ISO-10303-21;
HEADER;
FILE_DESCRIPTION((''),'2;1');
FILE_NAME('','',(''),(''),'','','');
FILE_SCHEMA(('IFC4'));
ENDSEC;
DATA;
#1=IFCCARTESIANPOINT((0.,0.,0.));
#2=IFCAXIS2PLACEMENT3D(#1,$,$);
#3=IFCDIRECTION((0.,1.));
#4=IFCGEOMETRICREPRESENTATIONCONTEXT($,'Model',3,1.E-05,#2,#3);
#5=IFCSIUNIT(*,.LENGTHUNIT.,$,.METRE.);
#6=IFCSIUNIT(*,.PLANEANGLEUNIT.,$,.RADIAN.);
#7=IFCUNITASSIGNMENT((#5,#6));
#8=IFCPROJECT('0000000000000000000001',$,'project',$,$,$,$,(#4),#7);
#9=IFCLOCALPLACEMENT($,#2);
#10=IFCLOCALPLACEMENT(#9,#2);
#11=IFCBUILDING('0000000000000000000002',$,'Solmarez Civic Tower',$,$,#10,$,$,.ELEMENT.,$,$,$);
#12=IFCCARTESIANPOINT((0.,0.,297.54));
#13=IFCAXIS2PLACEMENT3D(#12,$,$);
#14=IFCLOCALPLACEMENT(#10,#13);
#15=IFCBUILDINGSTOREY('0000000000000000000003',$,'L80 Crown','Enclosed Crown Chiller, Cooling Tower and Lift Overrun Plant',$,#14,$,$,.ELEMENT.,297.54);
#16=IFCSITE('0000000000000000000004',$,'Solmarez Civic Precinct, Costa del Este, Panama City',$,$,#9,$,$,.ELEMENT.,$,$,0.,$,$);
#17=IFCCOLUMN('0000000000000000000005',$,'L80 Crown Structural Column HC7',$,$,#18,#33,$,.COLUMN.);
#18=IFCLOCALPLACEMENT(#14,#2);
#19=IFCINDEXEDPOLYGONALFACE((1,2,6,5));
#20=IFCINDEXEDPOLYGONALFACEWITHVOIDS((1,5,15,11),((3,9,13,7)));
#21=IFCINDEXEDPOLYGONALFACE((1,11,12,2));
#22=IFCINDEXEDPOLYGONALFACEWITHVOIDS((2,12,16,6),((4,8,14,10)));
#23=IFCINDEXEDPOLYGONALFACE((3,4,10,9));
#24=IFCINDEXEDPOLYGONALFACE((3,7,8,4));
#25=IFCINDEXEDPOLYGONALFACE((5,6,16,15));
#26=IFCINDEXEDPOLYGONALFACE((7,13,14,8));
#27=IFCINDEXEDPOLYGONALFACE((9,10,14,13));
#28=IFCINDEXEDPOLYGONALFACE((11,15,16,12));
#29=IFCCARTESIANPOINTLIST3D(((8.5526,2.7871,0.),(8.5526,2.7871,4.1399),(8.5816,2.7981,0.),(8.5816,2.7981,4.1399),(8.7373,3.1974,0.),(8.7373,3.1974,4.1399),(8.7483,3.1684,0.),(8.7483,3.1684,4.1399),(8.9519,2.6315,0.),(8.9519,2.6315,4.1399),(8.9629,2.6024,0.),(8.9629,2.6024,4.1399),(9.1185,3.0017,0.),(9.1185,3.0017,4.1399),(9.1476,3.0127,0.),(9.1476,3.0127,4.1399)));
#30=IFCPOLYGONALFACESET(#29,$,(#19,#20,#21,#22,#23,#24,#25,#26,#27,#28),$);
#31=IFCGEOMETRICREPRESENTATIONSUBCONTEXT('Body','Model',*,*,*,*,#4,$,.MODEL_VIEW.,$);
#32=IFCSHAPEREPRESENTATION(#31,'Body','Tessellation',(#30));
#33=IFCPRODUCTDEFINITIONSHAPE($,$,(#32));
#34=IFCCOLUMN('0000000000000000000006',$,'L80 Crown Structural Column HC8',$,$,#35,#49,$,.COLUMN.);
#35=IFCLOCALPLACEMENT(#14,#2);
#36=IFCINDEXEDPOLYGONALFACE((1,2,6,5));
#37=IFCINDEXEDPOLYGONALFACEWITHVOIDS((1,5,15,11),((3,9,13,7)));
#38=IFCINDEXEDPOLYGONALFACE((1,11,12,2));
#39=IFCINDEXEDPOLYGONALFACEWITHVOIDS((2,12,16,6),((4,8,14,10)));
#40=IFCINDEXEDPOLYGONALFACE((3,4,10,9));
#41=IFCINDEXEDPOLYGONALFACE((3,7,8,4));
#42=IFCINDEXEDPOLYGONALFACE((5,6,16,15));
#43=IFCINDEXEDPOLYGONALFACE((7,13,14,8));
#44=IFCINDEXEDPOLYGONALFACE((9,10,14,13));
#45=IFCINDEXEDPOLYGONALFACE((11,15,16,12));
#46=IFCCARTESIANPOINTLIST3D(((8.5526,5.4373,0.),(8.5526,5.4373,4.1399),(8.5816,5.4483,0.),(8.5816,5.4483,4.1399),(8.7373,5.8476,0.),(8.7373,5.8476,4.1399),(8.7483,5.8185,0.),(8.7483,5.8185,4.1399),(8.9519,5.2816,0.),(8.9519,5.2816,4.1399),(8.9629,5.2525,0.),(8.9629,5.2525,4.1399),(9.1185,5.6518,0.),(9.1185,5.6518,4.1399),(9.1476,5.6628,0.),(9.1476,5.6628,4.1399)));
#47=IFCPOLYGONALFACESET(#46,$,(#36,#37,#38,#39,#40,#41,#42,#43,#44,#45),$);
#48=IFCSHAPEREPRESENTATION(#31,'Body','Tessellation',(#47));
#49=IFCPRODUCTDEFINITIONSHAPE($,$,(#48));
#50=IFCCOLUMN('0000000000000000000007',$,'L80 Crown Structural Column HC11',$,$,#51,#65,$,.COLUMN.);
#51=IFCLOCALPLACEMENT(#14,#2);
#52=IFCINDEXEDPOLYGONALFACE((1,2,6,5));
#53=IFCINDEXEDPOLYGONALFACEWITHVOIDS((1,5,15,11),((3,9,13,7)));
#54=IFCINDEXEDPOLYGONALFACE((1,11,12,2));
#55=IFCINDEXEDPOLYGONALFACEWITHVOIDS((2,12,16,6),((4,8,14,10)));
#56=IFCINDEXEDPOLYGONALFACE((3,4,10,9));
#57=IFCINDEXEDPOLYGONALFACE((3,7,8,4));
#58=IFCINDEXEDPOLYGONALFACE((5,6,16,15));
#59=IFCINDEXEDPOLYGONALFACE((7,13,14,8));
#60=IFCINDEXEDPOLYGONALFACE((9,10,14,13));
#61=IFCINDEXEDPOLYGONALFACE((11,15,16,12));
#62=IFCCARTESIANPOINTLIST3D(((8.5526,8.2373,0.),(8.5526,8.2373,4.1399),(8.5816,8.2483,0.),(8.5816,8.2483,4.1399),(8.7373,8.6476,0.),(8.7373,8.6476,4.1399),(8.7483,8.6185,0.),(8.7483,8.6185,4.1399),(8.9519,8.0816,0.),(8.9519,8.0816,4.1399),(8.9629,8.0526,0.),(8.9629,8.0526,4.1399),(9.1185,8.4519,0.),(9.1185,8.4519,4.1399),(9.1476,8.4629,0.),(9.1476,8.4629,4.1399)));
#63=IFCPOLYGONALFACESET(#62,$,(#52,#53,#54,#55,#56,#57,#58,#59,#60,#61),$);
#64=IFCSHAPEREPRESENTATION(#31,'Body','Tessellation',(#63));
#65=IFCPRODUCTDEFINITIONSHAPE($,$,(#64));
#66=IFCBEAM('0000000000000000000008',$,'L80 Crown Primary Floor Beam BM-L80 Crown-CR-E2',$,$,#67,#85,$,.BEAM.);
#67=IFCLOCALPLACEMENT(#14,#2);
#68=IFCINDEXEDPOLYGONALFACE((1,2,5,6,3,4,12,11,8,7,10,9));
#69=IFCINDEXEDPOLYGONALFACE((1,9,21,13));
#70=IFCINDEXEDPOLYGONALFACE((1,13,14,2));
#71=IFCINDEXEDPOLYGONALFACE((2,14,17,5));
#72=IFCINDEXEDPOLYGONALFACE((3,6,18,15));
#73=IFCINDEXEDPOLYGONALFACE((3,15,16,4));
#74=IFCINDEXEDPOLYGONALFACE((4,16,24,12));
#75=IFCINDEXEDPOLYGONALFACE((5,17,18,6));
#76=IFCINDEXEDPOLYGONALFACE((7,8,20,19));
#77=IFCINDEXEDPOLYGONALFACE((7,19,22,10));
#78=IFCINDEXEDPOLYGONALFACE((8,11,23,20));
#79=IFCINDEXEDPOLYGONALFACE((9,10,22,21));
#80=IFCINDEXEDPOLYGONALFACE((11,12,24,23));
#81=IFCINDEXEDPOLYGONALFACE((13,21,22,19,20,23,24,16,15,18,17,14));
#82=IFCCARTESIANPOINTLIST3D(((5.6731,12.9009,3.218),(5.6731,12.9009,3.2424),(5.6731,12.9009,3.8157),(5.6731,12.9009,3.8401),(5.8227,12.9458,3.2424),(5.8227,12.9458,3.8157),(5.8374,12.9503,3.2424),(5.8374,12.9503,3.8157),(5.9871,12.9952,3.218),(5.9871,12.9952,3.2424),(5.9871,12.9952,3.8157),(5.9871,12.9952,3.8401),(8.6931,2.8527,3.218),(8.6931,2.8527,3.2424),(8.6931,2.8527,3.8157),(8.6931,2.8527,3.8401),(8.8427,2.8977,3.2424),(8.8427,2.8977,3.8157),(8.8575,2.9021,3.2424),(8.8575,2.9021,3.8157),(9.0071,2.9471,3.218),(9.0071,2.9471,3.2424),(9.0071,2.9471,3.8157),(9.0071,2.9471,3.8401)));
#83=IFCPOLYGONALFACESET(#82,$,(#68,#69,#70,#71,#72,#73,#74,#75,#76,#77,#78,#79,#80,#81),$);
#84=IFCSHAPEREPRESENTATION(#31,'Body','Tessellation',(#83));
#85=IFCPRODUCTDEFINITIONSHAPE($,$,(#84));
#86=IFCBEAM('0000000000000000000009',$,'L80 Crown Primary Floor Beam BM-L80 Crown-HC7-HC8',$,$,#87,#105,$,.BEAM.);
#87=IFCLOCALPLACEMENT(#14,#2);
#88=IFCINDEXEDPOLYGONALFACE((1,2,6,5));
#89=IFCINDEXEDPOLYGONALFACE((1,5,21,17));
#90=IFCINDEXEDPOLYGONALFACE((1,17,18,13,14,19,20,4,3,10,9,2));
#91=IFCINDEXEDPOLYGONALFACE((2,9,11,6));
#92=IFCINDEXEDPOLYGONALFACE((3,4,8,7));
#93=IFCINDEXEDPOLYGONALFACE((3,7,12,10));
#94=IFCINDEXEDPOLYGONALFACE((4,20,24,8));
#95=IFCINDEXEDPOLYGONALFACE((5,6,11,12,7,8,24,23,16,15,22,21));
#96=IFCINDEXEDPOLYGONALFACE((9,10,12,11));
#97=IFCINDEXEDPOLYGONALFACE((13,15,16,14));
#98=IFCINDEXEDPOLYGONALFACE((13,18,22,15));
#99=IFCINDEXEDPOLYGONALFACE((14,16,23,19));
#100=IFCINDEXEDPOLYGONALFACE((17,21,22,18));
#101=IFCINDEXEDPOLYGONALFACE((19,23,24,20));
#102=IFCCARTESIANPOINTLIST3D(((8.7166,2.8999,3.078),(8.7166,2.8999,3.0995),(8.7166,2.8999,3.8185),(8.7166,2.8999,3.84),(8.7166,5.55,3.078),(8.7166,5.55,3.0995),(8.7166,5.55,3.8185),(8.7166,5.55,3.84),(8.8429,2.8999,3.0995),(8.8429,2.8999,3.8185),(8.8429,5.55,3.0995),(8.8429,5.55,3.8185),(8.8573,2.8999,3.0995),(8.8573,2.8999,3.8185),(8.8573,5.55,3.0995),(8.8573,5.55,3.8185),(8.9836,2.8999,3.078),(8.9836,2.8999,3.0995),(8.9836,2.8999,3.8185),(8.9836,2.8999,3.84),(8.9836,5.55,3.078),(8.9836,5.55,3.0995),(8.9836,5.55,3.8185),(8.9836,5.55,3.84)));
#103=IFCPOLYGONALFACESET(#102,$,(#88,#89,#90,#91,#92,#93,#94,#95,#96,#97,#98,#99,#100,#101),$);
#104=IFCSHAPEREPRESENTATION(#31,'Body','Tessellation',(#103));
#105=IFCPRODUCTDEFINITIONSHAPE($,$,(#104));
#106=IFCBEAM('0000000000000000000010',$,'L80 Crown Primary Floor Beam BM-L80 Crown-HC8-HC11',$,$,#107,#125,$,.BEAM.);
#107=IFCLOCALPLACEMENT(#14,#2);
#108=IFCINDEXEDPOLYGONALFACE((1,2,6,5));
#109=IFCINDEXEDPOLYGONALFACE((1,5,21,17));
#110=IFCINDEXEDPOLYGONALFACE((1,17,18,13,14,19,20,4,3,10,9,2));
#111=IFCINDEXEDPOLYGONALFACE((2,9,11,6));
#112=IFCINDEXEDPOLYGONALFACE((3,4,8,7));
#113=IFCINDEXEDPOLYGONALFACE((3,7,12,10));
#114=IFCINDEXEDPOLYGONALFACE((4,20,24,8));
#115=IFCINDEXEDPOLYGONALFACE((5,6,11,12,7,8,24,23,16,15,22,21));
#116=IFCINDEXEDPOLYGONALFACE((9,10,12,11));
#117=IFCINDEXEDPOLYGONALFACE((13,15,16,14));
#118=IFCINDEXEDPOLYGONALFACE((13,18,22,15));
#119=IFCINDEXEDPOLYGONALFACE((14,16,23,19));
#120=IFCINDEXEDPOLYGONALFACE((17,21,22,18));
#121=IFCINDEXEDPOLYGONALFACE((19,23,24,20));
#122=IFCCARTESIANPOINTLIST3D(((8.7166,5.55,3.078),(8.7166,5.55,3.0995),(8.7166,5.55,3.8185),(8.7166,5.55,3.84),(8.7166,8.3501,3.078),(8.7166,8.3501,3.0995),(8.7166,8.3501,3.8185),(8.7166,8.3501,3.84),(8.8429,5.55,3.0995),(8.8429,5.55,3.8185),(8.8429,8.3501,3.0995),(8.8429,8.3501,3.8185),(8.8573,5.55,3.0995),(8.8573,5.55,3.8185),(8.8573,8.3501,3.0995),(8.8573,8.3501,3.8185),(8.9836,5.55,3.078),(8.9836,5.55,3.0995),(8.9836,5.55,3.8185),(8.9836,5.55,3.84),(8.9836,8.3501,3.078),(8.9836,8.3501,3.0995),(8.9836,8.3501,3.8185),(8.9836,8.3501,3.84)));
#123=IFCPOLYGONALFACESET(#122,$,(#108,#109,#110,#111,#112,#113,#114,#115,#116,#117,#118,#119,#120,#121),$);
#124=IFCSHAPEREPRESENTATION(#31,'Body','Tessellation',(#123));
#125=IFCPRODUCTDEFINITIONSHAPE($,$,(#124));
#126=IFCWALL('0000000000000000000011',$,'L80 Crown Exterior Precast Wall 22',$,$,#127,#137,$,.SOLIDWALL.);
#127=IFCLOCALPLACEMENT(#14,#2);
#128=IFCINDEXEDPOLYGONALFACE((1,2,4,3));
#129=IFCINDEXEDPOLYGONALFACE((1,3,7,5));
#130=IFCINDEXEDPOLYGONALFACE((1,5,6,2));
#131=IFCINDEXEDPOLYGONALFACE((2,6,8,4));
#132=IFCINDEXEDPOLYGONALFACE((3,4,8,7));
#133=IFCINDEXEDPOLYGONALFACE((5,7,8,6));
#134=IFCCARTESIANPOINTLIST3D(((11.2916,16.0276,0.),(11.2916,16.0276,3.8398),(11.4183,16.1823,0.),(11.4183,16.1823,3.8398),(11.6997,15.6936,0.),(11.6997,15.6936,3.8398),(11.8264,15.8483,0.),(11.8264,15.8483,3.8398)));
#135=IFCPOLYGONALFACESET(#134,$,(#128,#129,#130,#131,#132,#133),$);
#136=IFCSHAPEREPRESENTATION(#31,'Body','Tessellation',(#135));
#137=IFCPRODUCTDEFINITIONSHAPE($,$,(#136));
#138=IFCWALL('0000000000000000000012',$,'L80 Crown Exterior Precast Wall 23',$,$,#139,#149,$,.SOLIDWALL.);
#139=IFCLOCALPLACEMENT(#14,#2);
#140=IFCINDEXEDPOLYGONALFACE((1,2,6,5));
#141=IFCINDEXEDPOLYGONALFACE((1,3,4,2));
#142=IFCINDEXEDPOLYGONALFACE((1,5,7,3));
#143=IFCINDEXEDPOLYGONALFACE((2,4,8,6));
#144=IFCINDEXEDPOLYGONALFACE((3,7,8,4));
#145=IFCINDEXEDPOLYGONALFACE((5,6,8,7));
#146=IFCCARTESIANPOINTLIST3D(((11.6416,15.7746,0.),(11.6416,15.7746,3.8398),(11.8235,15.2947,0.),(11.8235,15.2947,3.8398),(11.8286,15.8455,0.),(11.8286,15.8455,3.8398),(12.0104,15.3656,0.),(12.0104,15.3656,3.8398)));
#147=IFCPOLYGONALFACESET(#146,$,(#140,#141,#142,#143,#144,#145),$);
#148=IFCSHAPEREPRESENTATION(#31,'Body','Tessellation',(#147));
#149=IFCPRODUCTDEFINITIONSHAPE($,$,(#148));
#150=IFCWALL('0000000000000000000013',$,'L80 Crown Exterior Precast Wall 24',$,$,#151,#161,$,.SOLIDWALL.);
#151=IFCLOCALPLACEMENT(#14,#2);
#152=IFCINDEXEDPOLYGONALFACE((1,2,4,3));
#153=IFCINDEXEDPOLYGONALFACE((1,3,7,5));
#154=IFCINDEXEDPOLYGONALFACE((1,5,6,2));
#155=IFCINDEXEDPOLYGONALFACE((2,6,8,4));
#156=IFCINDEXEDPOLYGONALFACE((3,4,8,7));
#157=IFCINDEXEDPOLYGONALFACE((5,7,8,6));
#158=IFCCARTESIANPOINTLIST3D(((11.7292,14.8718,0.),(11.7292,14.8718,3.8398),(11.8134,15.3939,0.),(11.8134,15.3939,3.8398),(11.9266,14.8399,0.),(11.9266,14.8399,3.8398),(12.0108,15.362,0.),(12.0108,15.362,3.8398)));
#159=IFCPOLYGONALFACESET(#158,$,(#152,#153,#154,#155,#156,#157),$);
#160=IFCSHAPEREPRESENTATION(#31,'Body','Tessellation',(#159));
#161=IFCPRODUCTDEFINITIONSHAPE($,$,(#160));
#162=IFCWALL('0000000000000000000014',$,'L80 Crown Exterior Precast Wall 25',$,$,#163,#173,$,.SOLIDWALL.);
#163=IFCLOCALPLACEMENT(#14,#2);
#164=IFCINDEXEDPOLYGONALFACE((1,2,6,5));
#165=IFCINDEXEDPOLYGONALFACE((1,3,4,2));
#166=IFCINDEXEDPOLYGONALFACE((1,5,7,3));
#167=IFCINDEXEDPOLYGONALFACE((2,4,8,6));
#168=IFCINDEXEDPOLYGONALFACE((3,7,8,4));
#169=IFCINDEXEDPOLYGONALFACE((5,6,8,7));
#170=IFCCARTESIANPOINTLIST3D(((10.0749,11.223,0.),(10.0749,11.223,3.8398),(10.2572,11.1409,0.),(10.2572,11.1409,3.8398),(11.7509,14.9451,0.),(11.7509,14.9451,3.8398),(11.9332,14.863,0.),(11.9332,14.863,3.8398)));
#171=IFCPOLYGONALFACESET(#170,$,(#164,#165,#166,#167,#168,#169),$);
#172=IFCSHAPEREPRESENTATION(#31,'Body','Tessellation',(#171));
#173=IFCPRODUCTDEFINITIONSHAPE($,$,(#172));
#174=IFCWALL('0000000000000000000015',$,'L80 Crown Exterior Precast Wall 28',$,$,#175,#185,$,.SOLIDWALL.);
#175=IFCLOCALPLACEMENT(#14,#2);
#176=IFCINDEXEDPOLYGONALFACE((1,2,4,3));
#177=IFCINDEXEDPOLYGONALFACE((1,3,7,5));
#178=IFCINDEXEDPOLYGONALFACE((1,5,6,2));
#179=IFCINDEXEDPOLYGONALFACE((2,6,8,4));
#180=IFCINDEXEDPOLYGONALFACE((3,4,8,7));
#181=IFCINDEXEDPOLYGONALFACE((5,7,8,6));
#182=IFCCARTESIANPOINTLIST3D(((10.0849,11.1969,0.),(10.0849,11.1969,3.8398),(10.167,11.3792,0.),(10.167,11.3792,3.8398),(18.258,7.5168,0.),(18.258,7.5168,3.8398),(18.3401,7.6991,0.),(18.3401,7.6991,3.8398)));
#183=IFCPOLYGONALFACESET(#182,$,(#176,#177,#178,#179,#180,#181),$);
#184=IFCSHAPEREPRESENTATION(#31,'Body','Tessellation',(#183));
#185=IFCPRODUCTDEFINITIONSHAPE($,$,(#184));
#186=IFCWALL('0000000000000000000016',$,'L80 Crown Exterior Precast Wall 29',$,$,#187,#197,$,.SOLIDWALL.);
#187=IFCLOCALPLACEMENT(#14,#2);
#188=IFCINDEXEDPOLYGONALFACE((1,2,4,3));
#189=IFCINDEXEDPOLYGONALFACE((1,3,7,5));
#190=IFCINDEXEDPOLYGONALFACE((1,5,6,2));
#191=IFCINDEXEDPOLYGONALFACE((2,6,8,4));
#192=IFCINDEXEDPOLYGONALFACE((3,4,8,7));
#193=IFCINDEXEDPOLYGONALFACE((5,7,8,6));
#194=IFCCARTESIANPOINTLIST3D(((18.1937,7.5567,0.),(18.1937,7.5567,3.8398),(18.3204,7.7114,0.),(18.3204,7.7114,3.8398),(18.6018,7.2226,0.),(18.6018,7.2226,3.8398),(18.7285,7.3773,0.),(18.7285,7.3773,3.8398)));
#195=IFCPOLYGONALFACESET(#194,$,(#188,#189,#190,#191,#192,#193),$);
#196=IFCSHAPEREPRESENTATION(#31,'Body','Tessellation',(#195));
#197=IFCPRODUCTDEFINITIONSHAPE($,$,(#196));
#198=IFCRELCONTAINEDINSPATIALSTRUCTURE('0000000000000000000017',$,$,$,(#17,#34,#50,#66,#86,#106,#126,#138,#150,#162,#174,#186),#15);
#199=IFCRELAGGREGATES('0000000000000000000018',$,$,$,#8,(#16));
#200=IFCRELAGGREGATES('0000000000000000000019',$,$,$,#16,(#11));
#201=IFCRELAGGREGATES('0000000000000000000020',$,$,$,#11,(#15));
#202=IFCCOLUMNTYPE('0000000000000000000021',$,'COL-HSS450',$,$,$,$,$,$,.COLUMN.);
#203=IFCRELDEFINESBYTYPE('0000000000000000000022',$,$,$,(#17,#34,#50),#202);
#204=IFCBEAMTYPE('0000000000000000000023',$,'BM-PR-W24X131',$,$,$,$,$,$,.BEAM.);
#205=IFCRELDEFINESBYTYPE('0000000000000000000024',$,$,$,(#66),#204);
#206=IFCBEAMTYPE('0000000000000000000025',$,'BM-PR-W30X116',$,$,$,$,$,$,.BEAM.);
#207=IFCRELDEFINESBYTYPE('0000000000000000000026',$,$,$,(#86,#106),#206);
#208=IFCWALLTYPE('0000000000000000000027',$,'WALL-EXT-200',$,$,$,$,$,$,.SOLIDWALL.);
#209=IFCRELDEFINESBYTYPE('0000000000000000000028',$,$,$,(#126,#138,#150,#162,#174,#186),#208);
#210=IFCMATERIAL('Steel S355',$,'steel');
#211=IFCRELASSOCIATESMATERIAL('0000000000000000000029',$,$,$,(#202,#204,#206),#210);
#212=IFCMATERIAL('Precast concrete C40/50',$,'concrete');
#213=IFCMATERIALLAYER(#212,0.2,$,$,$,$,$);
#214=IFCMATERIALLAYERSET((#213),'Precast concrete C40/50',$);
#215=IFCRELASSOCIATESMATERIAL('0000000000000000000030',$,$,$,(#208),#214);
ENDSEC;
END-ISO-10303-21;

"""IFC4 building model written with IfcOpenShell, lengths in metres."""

from ifc_helpers import new_model, si_unit, direction, frame, frame_2d, origin, origin_2d, place, context, subcontext, project, spatial, rectangle, hollow_rectangle, i_section, extrude, material, layer, layer_set, material_profile, profile_set, type_object, element, save


model = new_model("IFC4")

# Units and contexts
model_context = context("Model", 3, precision=1e-05, world=origin(), true_north=direction((0.0, 1.0)))
body_context = subcontext(model_context, "Body", "Model", "MODEL_VIEW")
ifc_project = project(units=[si_unit("LENGTHUNIT", "METRE"), si_unit("PLANEANGLEUNIT", "RADIAN")], contexts=[model_context])

# Site, building, storey
site_placement = place(None, origin())
site = spatial("IfcSite", under=ifc_project, at=site_placement, Name="Solmarez Civic Precinct, Costa del Este, Panama City", CompositionType="ELEMENT", RefElevation=0.0)
building_placement = place(site_placement, origin())
building = spatial("IfcBuilding", under=site, at=building_placement, Name="Solmarez Civic Tower", CompositionType="ELEMENT")
storey_placement = place(building_placement, frame((0.0, 0.0, 297.54)))
storey = spatial("IfcBuildingStorey", under=building, at=storey_placement, Name="L80 Crown", Description="Enclosed Crown Chiller, Cooling Tower and Lift Overrun Plant", CompositionType="ELEMENT", Elevation=297.54)

# Columns
ifc_material_1 = material(Name="Steel S355", Category="steel")
ifc_material_profile_1 = material_profile(ifc_material_1, hollow_rectangle(XDim=0.45, YDim=0.45, WallThickness=0.022, at=origin_2d()), Name="HSS450X450X22")
ifc_profile_set_1 = profile_set([ifc_material_profile_1], Name="Steel S355")
column_type = type_object("IfcColumnType", Name="COL-HSS450", PredefinedType="COLUMN", material=ifc_profile_set_1)
for number, where, z_axis, x_axis, name in (
    (1, (8.8501, 2.8999, 0.0), (0.0, 0.0, 1.0), (0.41056, 0.911834, 0.0), "L80 Crown Structural Column HC7"),
    (2, (8.8501, 5.55, 0.0), (0.0, 0.0, 1.0), (0.41056, 0.911834, 0.0), "L80 Crown Structural Column HC8"),
    (3, (8.8501, 8.3501, 0.0), (0.0, 0.0, 1.0), (0.41056, 0.911834, 0.0), "L80 Crown Structural Column HC11"),
):
    element("IfcColumn", number, at=place(storey_placement, frame(where, z_axis=z_axis, x_axis=x_axis)), inside=storey, type_object=column_type, Name=name, PredefinedType="COLUMN", context=body_context, shape_type="SweptSolid", body=[
        extrude(hollow_rectangle(XDim=0.45, YDim=0.45, WallThickness=0.022, at=origin_2d()), origin(), (0.0, 0.0, 1.0), 4.1399),
    ])

# Beams
ifc_material_profile_2 = material_profile(ifc_material_1, i_section(OverallWidth=0.3279, OverallDepth=0.6221, WebThickness=0.0154, FlangeThickness=0.0244, at=origin_2d()), Name="W24X131")
ifc_profile_set_2 = profile_set([ifc_material_profile_2], Name="Steel S355")
beam_type_1 = type_object("IfcBeamType", Name="BM-PR-W24X131", PredefinedType="BEAM", material=ifc_profile_set_2)
beam_1_placement = place(storey_placement, frame((8.8501, 2.8999, 3.5291), z_axis=(-0.287837, 0.95768, 0.0), x_axis=(-0.95768, -0.287837, 0.0)))
element("IfcBeam", 4, at=beam_1_placement, inside=storey, type_object=beam_type_1, Name="L80 Crown Primary Floor Beam BM-L80 Crown-CR-E2", PredefinedType="BEAM", context=body_context, shape_type="SweptSolid", body=[
    extrude(i_section(OverallWidth=0.3279, OverallDepth=0.6221, WebThickness=0.0154, FlangeThickness=0.0244, at=origin_2d()), origin(), (0.0, 0.0, 1.0), 10.4922),
])
ifc_material_profile_3 = material_profile(ifc_material_1, i_section(OverallWidth=0.2671, OverallDepth=0.762, WebThickness=0.0144, FlangeThickness=0.0215, at=origin_2d()), Name="W30X116")
ifc_profile_set_3 = profile_set([ifc_material_profile_3], Name="Steel S355")
beam_type_2 = type_object("IfcBeamType", Name="BM-PR-W30X116", PredefinedType="BEAM", material=ifc_profile_set_3)
beam_2_placement = place(storey_placement, frame((8.8501, 2.8999, 3.459), z_axis=(0.0, 1.0, 0.0), x_axis=(-1.0, 0.0, 0.0)))
element("IfcBeam", 5, at=beam_2_placement, inside=storey, type_object=beam_type_2, Name="L80 Crown Primary Floor Beam BM-L80 Crown-HC7-HC8", PredefinedType="BEAM", context=body_context, shape_type="SweptSolid", body=[
    extrude(i_section(OverallWidth=0.2671, OverallDepth=0.762, WebThickness=0.0144, FlangeThickness=0.0215, at=origin_2d()), origin(), (0.0, 0.0, 1.0), 2.6501),
])
beam_3_placement = place(storey_placement, frame((8.8501, 5.55, 3.459), z_axis=(0.0, 1.0, 0.0), x_axis=(-1.0, 0.0, 0.0)))
element("IfcBeam", 6, at=beam_3_placement, inside=storey, type_object=beam_type_2, Name="L80 Crown Primary Floor Beam BM-L80 Crown-HC8-HC11", PredefinedType="BEAM", context=body_context, shape_type="SweptSolid", body=[
    extrude(i_section(OverallWidth=0.2671, OverallDepth=0.762, WebThickness=0.0144, FlangeThickness=0.0215, at=origin_2d()), origin(), (0.0, 0.0, 1.0), 2.8),
])

# Walls
ifc_material_2 = material(Name="Precast concrete C40/50", Category="concrete")
ifc_layer_1 = layer(ifc_material_2, 0.2)
ifc_layer_set_1 = layer_set([ifc_layer_1], Name="Precast concrete C40/50")
wall_type_1 = type_object("IfcWallType", Name="WALL-EXT-200", PredefinedType="SOLIDWALL", material=ifc_layer_set_1)
wall_1_placement = place(storey_placement, frame((11.355, 16.105, 0.0), z_axis=(0.0, 0.0, 1.0), x_axis=(0.773772, -0.633465, 0.0)))
element("IfcWall", 7, at=wall_1_placement, inside=storey, type_object=wall_type_1, Name="L80 Crown Exterior Precast Wall 22", PredefinedType="SOLIDWALL", context=body_context, shape_type="SweptSolid", body=[
    extrude(rectangle(XDim=0.5273, YDim=0.2, at=frame_2d((0.2637, 0.0))), origin(), (0.0, 0.0, 1.0), 3.8398),
])
wall_2_placement = place(storey_placement, frame((11.7351, 15.8101, 0.0), z_axis=(0.0, 0.0, 1.0), x_axis=(0.354353, -0.935112, 0.0)))
element("IfcWall", 8, at=wall_2_placement, inside=storey, type_object=wall_type_1, Name="L80 Crown Exterior Precast Wall 23", PredefinedType="SOLIDWALL", context=body_context, shape_type="SweptSolid", body=[
    extrude(rectangle(XDim=0.5132, YDim=0.2, at=frame_2d((0.2566, 0.0))), origin(), (0.0, 0.0, 1.0), 3.8398),
])
wall_3_placement = place(storey_placement, frame((11.9121, 15.3779, 0.0), z_axis=(0.0, 0.0, 1.0), x_axis=(-0.159305, -0.987229, 0.0)))
element("IfcWall", 9, at=wall_3_placement, inside=storey, type_object=wall_type_1, Name="L80 Crown Exterior Precast Wall 24", PredefinedType="SOLIDWALL", context=body_context, shape_type="SweptSolid", body=[
    extrude(rectangle(XDim=0.5288, YDim=0.2, at=frame_2d((0.2644, 0.0))), origin(), (0.0, 0.0, 1.0), 3.8398),
])
wall_4_placement = place(storey_placement, frame((11.842, 14.9041, 0.0), z_axis=(0.0, 0.0, 1.0), x_axis=(-0.410579, -0.911825, 0.0)))
element("IfcWall", 10, at=wall_4_placement, inside=storey, type_object=wall_type_1, Name="L80 Crown Exterior Precast Wall 25", PredefinedType="SOLIDWALL", context=body_context, shape_type="SweptSolid", body=[
    extrude(rectangle(XDim=4.082, YDim=0.2, at=frame_2d((2.041, 0.0))), origin(), (0.0, 0.0, 1.0), 3.8398),
])
wall_5_placement = place(storey_placement, frame((10.126, 11.2881, 0.0), z_axis=(0.0, 0.0, 1.0), x_axis=(0.911826, -0.410576, 0.0)))
element("IfcWall", 11, at=wall_5_placement, inside=storey, type_object=wall_type_1, Name="L80 Crown Exterior Precast Wall 28", PredefinedType="SOLIDWALL", context=body_context, shape_type="SweptSolid", body=[
    extrude(rectangle(XDim=8.9634, YDim=0.2, at=frame_2d((4.4817, 0.0))), origin(), (0.0, 0.0, 1.0), 3.8398),
])
wall_6_placement = place(storey_placement, frame((18.2571, 7.634, 0.0), z_axis=(0.0, 0.0, 1.0), x_axis=(0.773772, -0.633465, 0.0)))
element("IfcWall", 12, at=wall_6_placement, inside=storey, type_object=wall_type_1, Name="L80 Crown Exterior Precast Wall 29", PredefinedType="SOLIDWALL", context=body_context, shape_type="SweptSolid", body=[
    extrude(rectangle(XDim=0.5273, YDim=0.2, at=frame_2d((0.2637, 0.0))), origin(), (0.0, 0.0, 1.0), 3.8398),
])

save(model, "model.ifc")
